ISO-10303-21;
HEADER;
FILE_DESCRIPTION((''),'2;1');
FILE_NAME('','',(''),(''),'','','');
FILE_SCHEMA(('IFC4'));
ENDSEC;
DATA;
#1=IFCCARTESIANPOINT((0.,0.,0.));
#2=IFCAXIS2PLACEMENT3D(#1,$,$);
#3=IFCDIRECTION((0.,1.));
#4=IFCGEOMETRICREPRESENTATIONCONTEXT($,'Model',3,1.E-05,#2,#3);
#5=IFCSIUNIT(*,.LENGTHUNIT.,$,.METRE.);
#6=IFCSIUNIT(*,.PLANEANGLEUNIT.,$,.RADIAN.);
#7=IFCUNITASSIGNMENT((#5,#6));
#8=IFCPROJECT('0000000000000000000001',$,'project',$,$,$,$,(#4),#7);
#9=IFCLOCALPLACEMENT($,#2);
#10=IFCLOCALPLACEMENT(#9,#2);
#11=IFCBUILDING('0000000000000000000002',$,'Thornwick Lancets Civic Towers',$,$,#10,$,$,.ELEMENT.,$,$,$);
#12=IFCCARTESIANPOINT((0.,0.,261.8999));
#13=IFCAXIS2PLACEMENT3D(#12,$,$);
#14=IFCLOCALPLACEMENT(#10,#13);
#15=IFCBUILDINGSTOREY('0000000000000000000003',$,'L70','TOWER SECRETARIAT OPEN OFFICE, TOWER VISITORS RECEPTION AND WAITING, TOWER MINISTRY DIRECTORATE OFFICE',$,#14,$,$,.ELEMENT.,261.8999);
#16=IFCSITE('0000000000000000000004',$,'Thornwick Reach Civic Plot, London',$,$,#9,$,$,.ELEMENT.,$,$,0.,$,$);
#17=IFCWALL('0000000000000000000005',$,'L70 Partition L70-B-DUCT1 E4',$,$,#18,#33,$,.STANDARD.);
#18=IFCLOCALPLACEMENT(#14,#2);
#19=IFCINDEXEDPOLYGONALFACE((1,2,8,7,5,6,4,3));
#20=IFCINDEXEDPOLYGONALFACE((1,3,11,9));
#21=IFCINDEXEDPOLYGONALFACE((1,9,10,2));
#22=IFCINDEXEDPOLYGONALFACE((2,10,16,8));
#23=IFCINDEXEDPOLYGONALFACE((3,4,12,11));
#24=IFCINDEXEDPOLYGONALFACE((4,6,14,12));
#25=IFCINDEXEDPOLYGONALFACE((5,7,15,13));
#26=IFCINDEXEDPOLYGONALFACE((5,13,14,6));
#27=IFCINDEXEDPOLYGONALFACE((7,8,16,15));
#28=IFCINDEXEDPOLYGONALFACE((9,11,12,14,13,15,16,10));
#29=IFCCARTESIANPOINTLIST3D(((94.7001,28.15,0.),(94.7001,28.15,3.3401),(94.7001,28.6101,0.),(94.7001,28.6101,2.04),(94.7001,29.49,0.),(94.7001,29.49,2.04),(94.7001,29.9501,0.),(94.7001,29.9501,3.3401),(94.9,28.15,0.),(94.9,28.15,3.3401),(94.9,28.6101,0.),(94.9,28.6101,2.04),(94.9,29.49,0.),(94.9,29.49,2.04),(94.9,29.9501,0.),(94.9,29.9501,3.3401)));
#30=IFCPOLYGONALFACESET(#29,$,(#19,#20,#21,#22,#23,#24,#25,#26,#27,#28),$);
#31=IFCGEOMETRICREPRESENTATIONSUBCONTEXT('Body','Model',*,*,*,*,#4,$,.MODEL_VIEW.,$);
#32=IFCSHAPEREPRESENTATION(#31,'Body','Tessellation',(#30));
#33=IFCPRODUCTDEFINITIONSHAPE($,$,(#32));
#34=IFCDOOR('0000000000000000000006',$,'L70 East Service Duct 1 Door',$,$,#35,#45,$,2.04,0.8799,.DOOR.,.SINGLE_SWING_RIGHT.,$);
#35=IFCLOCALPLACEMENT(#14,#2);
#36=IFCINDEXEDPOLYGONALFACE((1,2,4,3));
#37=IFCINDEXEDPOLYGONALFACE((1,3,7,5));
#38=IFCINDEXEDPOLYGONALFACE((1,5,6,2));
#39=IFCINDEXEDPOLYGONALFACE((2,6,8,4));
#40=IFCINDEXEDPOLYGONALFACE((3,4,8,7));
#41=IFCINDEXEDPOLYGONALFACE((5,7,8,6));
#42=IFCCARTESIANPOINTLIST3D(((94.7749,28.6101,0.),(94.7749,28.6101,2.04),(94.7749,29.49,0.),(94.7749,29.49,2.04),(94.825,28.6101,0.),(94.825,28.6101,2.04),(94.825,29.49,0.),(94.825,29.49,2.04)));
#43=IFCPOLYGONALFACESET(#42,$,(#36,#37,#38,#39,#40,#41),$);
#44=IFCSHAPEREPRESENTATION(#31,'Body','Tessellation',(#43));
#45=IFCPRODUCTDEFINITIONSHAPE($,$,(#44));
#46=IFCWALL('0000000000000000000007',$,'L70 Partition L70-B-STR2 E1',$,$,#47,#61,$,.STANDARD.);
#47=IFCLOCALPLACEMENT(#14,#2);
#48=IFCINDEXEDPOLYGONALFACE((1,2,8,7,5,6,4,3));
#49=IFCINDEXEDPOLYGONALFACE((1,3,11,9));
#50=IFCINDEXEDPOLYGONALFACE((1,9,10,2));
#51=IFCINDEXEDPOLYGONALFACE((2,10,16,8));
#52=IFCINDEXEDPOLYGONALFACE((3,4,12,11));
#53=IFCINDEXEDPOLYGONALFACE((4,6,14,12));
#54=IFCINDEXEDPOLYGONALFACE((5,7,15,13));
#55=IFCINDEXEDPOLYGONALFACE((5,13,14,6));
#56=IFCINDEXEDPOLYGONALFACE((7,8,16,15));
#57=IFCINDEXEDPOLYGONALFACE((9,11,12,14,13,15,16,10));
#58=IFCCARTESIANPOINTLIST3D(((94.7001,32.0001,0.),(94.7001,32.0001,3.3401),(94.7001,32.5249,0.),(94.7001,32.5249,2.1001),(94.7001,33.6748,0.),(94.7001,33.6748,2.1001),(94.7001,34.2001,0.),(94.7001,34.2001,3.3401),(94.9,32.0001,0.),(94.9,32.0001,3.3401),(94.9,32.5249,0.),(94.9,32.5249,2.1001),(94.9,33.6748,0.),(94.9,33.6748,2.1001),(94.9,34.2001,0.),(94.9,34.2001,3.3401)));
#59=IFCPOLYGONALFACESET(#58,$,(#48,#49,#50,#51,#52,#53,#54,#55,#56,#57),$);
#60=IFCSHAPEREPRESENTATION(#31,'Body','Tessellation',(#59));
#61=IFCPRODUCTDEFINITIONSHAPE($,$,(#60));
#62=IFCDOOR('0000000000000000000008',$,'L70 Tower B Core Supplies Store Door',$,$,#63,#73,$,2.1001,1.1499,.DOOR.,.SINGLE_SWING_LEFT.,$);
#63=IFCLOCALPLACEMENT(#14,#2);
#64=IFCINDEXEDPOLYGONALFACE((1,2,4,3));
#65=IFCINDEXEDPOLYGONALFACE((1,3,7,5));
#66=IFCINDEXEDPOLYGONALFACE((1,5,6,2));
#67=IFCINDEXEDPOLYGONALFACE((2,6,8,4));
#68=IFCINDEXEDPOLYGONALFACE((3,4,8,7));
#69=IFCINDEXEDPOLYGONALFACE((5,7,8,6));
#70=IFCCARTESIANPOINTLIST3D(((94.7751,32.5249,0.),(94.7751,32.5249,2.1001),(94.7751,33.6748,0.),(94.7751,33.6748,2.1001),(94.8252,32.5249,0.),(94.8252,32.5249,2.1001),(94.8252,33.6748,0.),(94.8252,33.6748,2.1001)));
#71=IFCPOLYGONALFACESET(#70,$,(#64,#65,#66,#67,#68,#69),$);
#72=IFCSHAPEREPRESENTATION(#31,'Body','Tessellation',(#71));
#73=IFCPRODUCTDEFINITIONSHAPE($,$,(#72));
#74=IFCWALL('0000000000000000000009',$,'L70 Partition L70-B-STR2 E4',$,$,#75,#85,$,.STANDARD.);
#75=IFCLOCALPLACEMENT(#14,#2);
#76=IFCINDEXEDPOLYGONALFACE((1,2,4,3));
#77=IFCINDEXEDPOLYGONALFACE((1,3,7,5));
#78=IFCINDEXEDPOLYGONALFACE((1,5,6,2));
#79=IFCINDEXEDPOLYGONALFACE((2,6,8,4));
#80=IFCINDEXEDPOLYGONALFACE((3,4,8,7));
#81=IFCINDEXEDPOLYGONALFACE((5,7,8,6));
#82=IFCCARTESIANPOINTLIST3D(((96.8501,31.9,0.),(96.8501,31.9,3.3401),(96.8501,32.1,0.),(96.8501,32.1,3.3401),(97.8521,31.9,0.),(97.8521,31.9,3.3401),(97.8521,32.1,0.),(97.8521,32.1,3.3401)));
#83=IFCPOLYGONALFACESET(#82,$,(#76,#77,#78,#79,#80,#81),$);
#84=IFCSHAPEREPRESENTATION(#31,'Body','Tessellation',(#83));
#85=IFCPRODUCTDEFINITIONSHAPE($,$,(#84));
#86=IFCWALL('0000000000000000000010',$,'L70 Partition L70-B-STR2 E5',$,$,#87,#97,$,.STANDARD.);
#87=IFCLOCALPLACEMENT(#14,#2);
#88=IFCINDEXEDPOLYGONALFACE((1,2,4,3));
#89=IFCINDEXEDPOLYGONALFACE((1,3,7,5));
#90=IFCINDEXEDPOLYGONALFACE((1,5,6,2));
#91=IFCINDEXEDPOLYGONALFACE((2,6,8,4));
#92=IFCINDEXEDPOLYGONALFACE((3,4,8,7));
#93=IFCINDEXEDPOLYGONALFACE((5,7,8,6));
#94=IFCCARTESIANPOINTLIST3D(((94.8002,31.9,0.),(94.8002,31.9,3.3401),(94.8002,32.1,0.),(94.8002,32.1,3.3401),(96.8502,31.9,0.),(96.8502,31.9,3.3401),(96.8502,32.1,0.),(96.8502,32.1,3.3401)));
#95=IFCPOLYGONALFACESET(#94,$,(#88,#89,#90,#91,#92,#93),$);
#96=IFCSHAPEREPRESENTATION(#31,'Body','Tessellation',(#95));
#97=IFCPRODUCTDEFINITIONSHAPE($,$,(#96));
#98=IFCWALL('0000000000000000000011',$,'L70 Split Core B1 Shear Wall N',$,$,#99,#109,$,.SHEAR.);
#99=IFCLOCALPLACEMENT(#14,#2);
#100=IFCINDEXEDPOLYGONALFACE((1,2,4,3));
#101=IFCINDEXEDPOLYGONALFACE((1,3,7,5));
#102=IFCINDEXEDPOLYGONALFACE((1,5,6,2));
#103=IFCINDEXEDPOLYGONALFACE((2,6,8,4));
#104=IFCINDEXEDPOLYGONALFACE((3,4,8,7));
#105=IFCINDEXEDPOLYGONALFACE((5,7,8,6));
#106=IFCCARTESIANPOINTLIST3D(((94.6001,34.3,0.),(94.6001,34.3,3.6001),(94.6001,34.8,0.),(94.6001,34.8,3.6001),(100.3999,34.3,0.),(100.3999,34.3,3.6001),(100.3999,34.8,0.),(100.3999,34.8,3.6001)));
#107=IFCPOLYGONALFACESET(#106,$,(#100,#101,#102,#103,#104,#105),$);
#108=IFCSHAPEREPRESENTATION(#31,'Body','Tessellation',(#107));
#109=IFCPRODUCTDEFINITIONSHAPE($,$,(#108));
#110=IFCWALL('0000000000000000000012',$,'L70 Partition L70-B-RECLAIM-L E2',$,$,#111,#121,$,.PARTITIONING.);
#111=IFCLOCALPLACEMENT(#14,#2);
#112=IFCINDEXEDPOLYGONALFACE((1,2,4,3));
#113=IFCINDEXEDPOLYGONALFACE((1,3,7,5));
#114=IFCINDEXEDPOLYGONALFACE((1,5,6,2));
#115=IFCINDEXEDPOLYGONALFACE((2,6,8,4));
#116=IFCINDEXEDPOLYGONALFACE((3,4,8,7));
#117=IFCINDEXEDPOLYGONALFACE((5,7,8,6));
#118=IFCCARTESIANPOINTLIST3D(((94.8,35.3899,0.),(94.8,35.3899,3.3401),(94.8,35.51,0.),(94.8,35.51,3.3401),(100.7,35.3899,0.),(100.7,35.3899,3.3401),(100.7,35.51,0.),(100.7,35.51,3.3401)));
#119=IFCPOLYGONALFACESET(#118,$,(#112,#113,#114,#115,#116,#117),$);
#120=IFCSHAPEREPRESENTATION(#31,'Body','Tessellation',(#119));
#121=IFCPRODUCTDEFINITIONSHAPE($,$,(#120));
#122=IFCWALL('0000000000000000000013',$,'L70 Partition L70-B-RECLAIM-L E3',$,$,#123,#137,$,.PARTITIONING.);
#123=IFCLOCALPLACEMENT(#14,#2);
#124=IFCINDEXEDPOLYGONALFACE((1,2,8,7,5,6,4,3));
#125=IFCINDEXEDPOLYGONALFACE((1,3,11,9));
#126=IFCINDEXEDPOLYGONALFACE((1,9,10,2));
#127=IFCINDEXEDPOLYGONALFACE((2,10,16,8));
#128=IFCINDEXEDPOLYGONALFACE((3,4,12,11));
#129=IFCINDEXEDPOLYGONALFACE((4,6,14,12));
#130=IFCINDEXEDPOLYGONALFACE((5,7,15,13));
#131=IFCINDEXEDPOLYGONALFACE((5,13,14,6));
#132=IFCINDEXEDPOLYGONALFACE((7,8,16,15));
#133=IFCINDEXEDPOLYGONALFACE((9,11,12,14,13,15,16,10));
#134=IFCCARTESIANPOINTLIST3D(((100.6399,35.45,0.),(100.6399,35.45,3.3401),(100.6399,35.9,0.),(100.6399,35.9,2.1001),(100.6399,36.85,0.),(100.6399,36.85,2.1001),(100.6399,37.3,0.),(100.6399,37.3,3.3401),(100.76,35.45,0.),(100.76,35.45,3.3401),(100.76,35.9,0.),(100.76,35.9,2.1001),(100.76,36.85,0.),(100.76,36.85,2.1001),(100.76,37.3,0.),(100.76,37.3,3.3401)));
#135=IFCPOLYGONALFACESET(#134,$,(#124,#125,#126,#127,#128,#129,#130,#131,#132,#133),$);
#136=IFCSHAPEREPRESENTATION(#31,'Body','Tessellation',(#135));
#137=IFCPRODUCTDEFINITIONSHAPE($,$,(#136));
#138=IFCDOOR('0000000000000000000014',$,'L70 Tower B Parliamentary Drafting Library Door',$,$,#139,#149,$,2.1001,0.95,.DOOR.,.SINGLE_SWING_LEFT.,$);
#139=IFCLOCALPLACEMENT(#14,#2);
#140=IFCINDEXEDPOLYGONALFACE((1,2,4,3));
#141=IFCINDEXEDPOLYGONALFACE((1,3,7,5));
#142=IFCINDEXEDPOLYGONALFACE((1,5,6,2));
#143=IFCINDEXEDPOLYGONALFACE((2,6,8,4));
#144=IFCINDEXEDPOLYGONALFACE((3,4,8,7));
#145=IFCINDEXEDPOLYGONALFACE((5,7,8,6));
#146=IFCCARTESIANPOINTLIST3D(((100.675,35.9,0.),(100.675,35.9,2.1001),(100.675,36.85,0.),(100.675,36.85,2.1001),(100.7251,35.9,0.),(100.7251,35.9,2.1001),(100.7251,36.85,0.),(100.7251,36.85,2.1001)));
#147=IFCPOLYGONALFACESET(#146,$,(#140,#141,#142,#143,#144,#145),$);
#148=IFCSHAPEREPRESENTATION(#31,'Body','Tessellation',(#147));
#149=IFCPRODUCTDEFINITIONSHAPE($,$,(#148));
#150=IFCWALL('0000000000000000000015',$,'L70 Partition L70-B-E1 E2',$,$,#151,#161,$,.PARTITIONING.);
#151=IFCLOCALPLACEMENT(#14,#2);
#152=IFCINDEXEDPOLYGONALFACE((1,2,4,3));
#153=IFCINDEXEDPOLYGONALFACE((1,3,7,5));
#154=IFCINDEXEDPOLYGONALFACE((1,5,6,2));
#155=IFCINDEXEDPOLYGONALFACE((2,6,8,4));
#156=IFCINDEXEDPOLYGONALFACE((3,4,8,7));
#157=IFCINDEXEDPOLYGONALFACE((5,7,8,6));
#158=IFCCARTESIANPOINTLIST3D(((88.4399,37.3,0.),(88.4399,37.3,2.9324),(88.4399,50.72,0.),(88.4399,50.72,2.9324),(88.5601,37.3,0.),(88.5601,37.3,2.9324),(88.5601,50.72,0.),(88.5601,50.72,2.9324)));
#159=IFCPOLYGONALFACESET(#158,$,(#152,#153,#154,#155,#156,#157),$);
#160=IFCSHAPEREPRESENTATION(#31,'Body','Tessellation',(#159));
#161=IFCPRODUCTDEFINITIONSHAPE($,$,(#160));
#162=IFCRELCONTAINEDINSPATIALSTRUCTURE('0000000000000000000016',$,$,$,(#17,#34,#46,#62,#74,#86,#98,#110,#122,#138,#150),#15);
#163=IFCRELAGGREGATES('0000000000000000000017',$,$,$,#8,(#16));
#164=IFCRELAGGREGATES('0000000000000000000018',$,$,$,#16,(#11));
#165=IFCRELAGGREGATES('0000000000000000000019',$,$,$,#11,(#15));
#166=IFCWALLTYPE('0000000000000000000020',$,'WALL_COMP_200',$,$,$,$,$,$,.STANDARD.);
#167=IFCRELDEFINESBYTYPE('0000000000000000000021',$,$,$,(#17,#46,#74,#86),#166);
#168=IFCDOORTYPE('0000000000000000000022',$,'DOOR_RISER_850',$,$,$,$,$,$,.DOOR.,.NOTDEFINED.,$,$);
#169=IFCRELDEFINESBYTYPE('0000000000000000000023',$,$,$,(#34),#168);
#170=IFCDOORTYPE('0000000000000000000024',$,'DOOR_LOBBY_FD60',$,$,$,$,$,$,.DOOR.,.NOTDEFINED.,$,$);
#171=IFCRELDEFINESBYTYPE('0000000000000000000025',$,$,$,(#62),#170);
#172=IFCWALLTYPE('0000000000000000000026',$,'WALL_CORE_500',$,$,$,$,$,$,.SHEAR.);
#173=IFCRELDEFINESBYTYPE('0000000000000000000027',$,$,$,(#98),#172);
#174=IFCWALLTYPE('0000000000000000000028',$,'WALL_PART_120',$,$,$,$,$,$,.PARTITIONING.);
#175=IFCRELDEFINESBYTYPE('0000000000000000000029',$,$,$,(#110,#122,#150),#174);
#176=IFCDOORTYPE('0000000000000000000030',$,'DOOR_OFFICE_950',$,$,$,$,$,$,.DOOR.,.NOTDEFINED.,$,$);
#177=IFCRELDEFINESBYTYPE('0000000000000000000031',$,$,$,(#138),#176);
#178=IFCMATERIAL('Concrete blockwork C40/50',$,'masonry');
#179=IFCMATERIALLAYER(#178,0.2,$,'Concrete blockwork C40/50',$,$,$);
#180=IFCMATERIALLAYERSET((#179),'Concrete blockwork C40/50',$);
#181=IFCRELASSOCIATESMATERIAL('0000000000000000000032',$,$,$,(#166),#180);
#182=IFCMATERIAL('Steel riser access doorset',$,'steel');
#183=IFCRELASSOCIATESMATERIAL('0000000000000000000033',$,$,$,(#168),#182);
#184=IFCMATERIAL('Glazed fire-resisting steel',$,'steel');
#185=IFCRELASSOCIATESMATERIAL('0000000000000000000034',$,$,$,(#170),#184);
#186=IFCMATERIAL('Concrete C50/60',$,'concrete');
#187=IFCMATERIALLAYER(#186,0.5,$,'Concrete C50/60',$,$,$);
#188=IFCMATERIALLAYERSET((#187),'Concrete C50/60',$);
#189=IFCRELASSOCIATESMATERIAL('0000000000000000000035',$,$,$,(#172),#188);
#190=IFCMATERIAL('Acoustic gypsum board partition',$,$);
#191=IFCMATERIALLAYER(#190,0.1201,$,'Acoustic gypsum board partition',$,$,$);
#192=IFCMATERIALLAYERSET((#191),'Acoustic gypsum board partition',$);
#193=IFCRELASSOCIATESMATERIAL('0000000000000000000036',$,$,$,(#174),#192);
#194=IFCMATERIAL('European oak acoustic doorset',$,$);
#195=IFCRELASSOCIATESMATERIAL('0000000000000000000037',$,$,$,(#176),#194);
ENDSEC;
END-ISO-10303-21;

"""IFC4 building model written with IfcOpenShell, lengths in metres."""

from ifc_helpers import new_model, si_unit, direction, frame, frame_2d, origin, place, context, subcontext, project, spatial, rectangle, extrude, material, layer, layer_set, type_object, element, fill, save


model = new_model("IFC4")

# Units and contexts
model_context = context("Model", 3, precision=1e-05, world=origin(), true_north=direction((0.0, 1.0)))
body_context = subcontext(model_context, "Body", "Model", "MODEL_VIEW")
ifc_project = project(units=[si_unit("LENGTHUNIT", "METRE"), si_unit("PLANEANGLEUNIT", "RADIAN")], contexts=[model_context])

# Site, building, storey
site_placement = place(None, origin())
site = spatial("IfcSite", under=ifc_project, at=site_placement, Name="Thornwick Reach Civic Plot, London", CompositionType="ELEMENT", RefElevation=0.0)
building_placement = place(site_placement, origin())
building = spatial("IfcBuilding", under=site, at=building_placement, Name="Thornwick Lancets Civic Towers", CompositionType="ELEMENT")
storey_placement = place(building_placement, frame((0.0, 0.0, 261.8999)))
storey = spatial("IfcBuildingStorey", under=building, at=storey_placement, Name="L70", Description="TOWER SECRETARIAT OPEN OFFICE, TOWER VISITORS RECEPTION AND WAITING, TOWER MINISTRY DIRECTORATE OFFICE", CompositionType="ELEMENT", Elevation=261.8999)

# Shared definitions
ifc_material_1 = material(Name="Concrete C50/60", Category="concrete")

# Shared definitions
ifc_material_2 = material(Name="Concrete blockwork C40/50", Category="masonry")
ifc_layer_1 = layer(ifc_material_2, 0.2, Name="Concrete blockwork C40/50")
ifc_layer_set_1 = layer_set([ifc_layer_1], Name="Concrete blockwork C40/50")
wall_type_1 = type_object("IfcWallType", Name="WALL_COMP_200", PredefinedType="STANDARD", material=ifc_layer_set_1)

# Walls, openings, doors
wall_1_placement = place(storey_placement, frame((94.8, 29.95, 0.0), z_axis=(0.0, 0.0, 1.0), x_axis=(0.0, -1.0, 0.0)))
wall_1 = element("IfcWall", 1, at=wall_1_placement, inside=storey, type_object=wall_type_1, Name="L70 Partition L70-B-DUCT1 E4", PredefinedType="STANDARD", context=body_context, shape_type="SweptSolid", body=[
    extrude(rectangle(XDim=1.8, YDim=0.2, at=frame_2d((0.8999, 0.0))), origin(), (0.0, 0.0, 1.0), 3.3401),
])
opening_1_placement = place(wall_1_placement, frame((0.46, 0.0, 0.0)))
opening_1 = element("IfcOpeningElement", 2, at=opening_1_placement, cuts=wall_1, PredefinedType="OPENING", context=body_context, shape_type="SweptSolid", body=[
    extrude(rectangle(XDim=0.8799, YDim=2.04, at=frame_2d((0.4399, 1.02))), frame((0.0, 0.1099, 0.0), z_axis=(0.0, -1.0, 0.0), x_axis=(1.0, 0.0, 0.0)), (0.0, 0.0, 1.0), 0.22),
])
ifc_material_3 = material(Name="Steel riser access doorset", Category="steel")
door_type_1 = type_object("IfcDoorType", Name="DOOR_RISER_850", OperationType="NOTDEFINED", PredefinedType="DOOR", material=ifc_material_3)
door_1_placement = place(opening_1_placement, origin())
door_1 = element("IfcDoor", 3, at=door_1_placement, inside=storey, type_object=door_type_1, Name="L70 East Service Duct 1 Door", OperationType="SINGLE_SWING_RIGHT", OverallHeight=2.04, OverallWidth=0.8799, PredefinedType="DOOR", context=body_context, shape_type="SweptSolid", body=[
    extrude(rectangle(XDim=0.8799, YDim=2.04, at=frame_2d((0.4399, 1.02))), frame((0.0, 0.0249, 0.0), z_axis=(0.0, -1.0, 0.0), x_axis=(1.0, 0.0, 0.0)), (0.0, 0.0, 1.0), 0.05),
])
fill(opening_1, door_1)
wall_2_placement = place(storey_placement, frame((94.8, 32.0, 0.0), z_axis=(0.0, 0.0, 1.0), x_axis=(0.0, 1.0, 0.0)))
wall_2 = element("IfcWall", 4, at=wall_2_placement, inside=storey, type_object=wall_type_1, Name="L70 Partition L70-B-STR2 E1", PredefinedType="STANDARD", context=body_context, shape_type="SweptSolid", body=[
    extrude(rectangle(XDim=2.2, YDim=0.2, at=frame_2d((1.1001, 0.0))), origin(), (0.0, 0.0, 1.0), 3.3401),
])
opening_2_placement = place(wall_2_placement, frame((0.5249, 0.0, 0.0)))
opening_2 = element("IfcOpeningElement", 5, at=opening_2_placement, cuts=wall_2, PredefinedType="OPENING", context=body_context, shape_type="SweptSolid", body=[
    extrude(rectangle(XDim=1.1499, YDim=2.1001, at=frame_2d((0.575, 1.05))), frame((0.0, 0.1099, 0.0), z_axis=(0.0, -1.0, 0.0), x_axis=(1.0, 0.0, 0.0)), (0.0, 0.0, 1.0), 0.22),
])
ifc_material_4 = material(Name="Glazed fire-resisting steel", Category="steel")
door_type_2 = type_object("IfcDoorType", Name="DOOR_LOBBY_FD60", OperationType="NOTDEFINED", PredefinedType="DOOR", material=ifc_material_4)
door_2_placement = place(opening_2_placement, origin())
door_2 = element("IfcDoor", 6, at=door_2_placement, inside=storey, type_object=door_type_2, Name="L70 Tower B Core Supplies Store Door", OperationType="SINGLE_SWING_LEFT", OverallHeight=2.1001, OverallWidth=1.1499, PredefinedType="DOOR", context=body_context, shape_type="SweptSolid", body=[
    extrude(rectangle(XDim=1.1499, YDim=2.1001, at=frame_2d((0.575, 1.05))), frame((0.0, 0.0249, 0.0), z_axis=(0.0, -1.0, 0.0), x_axis=(1.0, 0.0, 0.0)), (0.0, 0.0, 1.0), 0.05),
])
fill(opening_2, door_2)

# Walls
wall_3_placement = place(storey_placement, frame((97.8521, 32.0, 0.0), z_axis=(0.0, 0.0, 1.0), x_axis=(-1.0, 0.0, 0.0)))
element("IfcWall", 7, at=wall_3_placement, inside=storey, type_object=wall_type_1, Name="L70 Partition L70-B-STR2 E4", PredefinedType="STANDARD", context=body_context, shape_type="SweptSolid", body=[
    extrude(rectangle(XDim=1.002, YDim=0.2, at=frame_2d((0.501, 0.0))), origin(), (0.0, 0.0, 1.0), 3.3401),
])
wall_4_placement = place(storey_placement, frame((96.8501, 32.0, 0.0), z_axis=(0.0, 0.0, 1.0), x_axis=(-1.0, 0.0, 0.0)))
element("IfcWall", 8, at=wall_4_placement, inside=storey, type_object=wall_type_1, Name="L70 Partition L70-B-STR2 E5", PredefinedType="STANDARD", context=body_context, shape_type="SweptSolid", body=[
    extrude(rectangle(XDim=2.05, YDim=0.2, at=frame_2d((1.0249, 0.0))), origin(), (0.0, 0.0, 1.0), 3.3401),
])
ifc_layer_2 = layer(ifc_material_1, 0.5, Name="Concrete C50/60")
ifc_layer_set_2 = layer_set([ifc_layer_2], Name="Concrete C50/60")
wall_type_2 = type_object("IfcWallType", Name="WALL_CORE_500", PredefinedType="SHEAR", material=ifc_layer_set_2)
wall_5_placement = place(storey_placement, frame((94.6001, 34.55, 0.0), z_axis=(0.0, 0.0, 1.0), x_axis=(1.0, 0.0, 0.0)))
element("IfcWall", 9, at=wall_5_placement, inside=storey, type_object=wall_type_2, Name="L70 Split Core B1 Shear Wall N", PredefinedType="SHEAR", context=body_context, shape_type="SweptSolid", body=[
    extrude(rectangle(XDim=5.7998, YDim=0.5, at=frame_2d((2.8999, 0.0))), origin(), (0.0, 0.0, 1.0), 3.6001),
])
ifc_material_5 = material(Name="Acoustic gypsum board partition")
ifc_layer_3 = layer(ifc_material_5, 0.1201, Name="Acoustic gypsum board partition")
ifc_layer_set_3 = layer_set([ifc_layer_3], Name="Acoustic gypsum board partition")
wall_type_3 = type_object("IfcWallType", Name="WALL_PART_120", PredefinedType="PARTITIONING", material=ifc_layer_set_3)
wall_6_placement = place(storey_placement, frame((94.8, 35.45, 0.0), z_axis=(0.0, 0.0, 1.0), x_axis=(1.0, 0.0, 0.0)))
element("IfcWall", 10, at=wall_6_placement, inside=storey, type_object=wall_type_3, Name="L70 Partition L70-B-RECLAIM-L E2", PredefinedType="PARTITIONING", context=body_context, shape_type="SweptSolid", body=[
    extrude(rectangle(XDim=5.8999, YDim=0.1201, at=frame_2d((2.95, 0.0))), origin(), (0.0, 0.0, 1.0), 3.3401),
])

# Wall, opening, door
wall_7_placement = place(storey_placement, frame((100.7, 35.45, 0.0), z_axis=(0.0, 0.0, 1.0), x_axis=(0.0, 1.0, 0.0)))
wall_7 = element("IfcWall", 11, at=wall_7_placement, inside=storey, type_object=wall_type_3, Name="L70 Partition L70-B-RECLAIM-L E3", PredefinedType="PARTITIONING", context=body_context, shape_type="SweptSolid", body=[
    extrude(rectangle(XDim=1.8501, YDim=0.1201, at=frame_2d((0.925, 0.0))), origin(), (0.0, 0.0, 1.0), 3.3401),
])
opening_3_placement = place(wall_7_placement, frame((0.45, 0.0, 0.0)))
opening_3 = element("IfcOpeningElement", 12, at=opening_3_placement, cuts=wall_7, PredefinedType="OPENING", context=body_context, shape_type="SweptSolid", body=[
    extrude(rectangle(XDim=0.95, YDim=2.1001, at=frame_2d((0.4751, 1.05))), frame((0.0, 0.0701, 0.0), z_axis=(0.0, -1.0, 0.0), x_axis=(1.0, 0.0, 0.0)), (0.0, 0.0, 1.0), 0.1401),
])
ifc_material_6 = material(Name="European oak acoustic doorset")
door_type_3 = type_object("IfcDoorType", Name="DOOR_OFFICE_950", OperationType="NOTDEFINED", PredefinedType="DOOR", material=ifc_material_6)
door_3_placement = place(opening_3_placement, origin())
door_3 = element("IfcDoor", 13, at=door_3_placement, inside=storey, type_object=door_type_3, Name="L70 Tower B Parliamentary Drafting Library Door", OperationType="SINGLE_SWING_LEFT", OverallHeight=2.1001, OverallWidth=0.95, PredefinedType="DOOR", context=body_context, shape_type="SweptSolid", body=[
    extrude(rectangle(XDim=0.95, YDim=2.1001, at=frame_2d((0.4751, 1.05))), frame((0.0, 0.0249, 0.0), z_axis=(0.0, -1.0, 0.0), x_axis=(1.0, 0.0, 0.0)), (0.0, 0.0, 1.0), 0.05),
])
fill(opening_3, door_3)

# Wall
wall_8_placement = place(storey_placement, frame((88.5, 37.3, 0.0), z_axis=(0.0, 0.0, 1.0), x_axis=(0.0, 1.0, 0.0)))
element("IfcWall", 14, at=wall_8_placement, inside=storey, type_object=wall_type_3, Name="L70 Partition L70-B-E1 E2", PredefinedType="PARTITIONING", context=body_context, shape_type="SweptSolid", body=[
    extrude(rectangle(XDim=13.4199, YDim=0.1201, at=frame_2d((6.71, 0.0))), origin(), (0.0, 0.0, 1.0), 2.9324),
])

save(model, "model.ifc")
